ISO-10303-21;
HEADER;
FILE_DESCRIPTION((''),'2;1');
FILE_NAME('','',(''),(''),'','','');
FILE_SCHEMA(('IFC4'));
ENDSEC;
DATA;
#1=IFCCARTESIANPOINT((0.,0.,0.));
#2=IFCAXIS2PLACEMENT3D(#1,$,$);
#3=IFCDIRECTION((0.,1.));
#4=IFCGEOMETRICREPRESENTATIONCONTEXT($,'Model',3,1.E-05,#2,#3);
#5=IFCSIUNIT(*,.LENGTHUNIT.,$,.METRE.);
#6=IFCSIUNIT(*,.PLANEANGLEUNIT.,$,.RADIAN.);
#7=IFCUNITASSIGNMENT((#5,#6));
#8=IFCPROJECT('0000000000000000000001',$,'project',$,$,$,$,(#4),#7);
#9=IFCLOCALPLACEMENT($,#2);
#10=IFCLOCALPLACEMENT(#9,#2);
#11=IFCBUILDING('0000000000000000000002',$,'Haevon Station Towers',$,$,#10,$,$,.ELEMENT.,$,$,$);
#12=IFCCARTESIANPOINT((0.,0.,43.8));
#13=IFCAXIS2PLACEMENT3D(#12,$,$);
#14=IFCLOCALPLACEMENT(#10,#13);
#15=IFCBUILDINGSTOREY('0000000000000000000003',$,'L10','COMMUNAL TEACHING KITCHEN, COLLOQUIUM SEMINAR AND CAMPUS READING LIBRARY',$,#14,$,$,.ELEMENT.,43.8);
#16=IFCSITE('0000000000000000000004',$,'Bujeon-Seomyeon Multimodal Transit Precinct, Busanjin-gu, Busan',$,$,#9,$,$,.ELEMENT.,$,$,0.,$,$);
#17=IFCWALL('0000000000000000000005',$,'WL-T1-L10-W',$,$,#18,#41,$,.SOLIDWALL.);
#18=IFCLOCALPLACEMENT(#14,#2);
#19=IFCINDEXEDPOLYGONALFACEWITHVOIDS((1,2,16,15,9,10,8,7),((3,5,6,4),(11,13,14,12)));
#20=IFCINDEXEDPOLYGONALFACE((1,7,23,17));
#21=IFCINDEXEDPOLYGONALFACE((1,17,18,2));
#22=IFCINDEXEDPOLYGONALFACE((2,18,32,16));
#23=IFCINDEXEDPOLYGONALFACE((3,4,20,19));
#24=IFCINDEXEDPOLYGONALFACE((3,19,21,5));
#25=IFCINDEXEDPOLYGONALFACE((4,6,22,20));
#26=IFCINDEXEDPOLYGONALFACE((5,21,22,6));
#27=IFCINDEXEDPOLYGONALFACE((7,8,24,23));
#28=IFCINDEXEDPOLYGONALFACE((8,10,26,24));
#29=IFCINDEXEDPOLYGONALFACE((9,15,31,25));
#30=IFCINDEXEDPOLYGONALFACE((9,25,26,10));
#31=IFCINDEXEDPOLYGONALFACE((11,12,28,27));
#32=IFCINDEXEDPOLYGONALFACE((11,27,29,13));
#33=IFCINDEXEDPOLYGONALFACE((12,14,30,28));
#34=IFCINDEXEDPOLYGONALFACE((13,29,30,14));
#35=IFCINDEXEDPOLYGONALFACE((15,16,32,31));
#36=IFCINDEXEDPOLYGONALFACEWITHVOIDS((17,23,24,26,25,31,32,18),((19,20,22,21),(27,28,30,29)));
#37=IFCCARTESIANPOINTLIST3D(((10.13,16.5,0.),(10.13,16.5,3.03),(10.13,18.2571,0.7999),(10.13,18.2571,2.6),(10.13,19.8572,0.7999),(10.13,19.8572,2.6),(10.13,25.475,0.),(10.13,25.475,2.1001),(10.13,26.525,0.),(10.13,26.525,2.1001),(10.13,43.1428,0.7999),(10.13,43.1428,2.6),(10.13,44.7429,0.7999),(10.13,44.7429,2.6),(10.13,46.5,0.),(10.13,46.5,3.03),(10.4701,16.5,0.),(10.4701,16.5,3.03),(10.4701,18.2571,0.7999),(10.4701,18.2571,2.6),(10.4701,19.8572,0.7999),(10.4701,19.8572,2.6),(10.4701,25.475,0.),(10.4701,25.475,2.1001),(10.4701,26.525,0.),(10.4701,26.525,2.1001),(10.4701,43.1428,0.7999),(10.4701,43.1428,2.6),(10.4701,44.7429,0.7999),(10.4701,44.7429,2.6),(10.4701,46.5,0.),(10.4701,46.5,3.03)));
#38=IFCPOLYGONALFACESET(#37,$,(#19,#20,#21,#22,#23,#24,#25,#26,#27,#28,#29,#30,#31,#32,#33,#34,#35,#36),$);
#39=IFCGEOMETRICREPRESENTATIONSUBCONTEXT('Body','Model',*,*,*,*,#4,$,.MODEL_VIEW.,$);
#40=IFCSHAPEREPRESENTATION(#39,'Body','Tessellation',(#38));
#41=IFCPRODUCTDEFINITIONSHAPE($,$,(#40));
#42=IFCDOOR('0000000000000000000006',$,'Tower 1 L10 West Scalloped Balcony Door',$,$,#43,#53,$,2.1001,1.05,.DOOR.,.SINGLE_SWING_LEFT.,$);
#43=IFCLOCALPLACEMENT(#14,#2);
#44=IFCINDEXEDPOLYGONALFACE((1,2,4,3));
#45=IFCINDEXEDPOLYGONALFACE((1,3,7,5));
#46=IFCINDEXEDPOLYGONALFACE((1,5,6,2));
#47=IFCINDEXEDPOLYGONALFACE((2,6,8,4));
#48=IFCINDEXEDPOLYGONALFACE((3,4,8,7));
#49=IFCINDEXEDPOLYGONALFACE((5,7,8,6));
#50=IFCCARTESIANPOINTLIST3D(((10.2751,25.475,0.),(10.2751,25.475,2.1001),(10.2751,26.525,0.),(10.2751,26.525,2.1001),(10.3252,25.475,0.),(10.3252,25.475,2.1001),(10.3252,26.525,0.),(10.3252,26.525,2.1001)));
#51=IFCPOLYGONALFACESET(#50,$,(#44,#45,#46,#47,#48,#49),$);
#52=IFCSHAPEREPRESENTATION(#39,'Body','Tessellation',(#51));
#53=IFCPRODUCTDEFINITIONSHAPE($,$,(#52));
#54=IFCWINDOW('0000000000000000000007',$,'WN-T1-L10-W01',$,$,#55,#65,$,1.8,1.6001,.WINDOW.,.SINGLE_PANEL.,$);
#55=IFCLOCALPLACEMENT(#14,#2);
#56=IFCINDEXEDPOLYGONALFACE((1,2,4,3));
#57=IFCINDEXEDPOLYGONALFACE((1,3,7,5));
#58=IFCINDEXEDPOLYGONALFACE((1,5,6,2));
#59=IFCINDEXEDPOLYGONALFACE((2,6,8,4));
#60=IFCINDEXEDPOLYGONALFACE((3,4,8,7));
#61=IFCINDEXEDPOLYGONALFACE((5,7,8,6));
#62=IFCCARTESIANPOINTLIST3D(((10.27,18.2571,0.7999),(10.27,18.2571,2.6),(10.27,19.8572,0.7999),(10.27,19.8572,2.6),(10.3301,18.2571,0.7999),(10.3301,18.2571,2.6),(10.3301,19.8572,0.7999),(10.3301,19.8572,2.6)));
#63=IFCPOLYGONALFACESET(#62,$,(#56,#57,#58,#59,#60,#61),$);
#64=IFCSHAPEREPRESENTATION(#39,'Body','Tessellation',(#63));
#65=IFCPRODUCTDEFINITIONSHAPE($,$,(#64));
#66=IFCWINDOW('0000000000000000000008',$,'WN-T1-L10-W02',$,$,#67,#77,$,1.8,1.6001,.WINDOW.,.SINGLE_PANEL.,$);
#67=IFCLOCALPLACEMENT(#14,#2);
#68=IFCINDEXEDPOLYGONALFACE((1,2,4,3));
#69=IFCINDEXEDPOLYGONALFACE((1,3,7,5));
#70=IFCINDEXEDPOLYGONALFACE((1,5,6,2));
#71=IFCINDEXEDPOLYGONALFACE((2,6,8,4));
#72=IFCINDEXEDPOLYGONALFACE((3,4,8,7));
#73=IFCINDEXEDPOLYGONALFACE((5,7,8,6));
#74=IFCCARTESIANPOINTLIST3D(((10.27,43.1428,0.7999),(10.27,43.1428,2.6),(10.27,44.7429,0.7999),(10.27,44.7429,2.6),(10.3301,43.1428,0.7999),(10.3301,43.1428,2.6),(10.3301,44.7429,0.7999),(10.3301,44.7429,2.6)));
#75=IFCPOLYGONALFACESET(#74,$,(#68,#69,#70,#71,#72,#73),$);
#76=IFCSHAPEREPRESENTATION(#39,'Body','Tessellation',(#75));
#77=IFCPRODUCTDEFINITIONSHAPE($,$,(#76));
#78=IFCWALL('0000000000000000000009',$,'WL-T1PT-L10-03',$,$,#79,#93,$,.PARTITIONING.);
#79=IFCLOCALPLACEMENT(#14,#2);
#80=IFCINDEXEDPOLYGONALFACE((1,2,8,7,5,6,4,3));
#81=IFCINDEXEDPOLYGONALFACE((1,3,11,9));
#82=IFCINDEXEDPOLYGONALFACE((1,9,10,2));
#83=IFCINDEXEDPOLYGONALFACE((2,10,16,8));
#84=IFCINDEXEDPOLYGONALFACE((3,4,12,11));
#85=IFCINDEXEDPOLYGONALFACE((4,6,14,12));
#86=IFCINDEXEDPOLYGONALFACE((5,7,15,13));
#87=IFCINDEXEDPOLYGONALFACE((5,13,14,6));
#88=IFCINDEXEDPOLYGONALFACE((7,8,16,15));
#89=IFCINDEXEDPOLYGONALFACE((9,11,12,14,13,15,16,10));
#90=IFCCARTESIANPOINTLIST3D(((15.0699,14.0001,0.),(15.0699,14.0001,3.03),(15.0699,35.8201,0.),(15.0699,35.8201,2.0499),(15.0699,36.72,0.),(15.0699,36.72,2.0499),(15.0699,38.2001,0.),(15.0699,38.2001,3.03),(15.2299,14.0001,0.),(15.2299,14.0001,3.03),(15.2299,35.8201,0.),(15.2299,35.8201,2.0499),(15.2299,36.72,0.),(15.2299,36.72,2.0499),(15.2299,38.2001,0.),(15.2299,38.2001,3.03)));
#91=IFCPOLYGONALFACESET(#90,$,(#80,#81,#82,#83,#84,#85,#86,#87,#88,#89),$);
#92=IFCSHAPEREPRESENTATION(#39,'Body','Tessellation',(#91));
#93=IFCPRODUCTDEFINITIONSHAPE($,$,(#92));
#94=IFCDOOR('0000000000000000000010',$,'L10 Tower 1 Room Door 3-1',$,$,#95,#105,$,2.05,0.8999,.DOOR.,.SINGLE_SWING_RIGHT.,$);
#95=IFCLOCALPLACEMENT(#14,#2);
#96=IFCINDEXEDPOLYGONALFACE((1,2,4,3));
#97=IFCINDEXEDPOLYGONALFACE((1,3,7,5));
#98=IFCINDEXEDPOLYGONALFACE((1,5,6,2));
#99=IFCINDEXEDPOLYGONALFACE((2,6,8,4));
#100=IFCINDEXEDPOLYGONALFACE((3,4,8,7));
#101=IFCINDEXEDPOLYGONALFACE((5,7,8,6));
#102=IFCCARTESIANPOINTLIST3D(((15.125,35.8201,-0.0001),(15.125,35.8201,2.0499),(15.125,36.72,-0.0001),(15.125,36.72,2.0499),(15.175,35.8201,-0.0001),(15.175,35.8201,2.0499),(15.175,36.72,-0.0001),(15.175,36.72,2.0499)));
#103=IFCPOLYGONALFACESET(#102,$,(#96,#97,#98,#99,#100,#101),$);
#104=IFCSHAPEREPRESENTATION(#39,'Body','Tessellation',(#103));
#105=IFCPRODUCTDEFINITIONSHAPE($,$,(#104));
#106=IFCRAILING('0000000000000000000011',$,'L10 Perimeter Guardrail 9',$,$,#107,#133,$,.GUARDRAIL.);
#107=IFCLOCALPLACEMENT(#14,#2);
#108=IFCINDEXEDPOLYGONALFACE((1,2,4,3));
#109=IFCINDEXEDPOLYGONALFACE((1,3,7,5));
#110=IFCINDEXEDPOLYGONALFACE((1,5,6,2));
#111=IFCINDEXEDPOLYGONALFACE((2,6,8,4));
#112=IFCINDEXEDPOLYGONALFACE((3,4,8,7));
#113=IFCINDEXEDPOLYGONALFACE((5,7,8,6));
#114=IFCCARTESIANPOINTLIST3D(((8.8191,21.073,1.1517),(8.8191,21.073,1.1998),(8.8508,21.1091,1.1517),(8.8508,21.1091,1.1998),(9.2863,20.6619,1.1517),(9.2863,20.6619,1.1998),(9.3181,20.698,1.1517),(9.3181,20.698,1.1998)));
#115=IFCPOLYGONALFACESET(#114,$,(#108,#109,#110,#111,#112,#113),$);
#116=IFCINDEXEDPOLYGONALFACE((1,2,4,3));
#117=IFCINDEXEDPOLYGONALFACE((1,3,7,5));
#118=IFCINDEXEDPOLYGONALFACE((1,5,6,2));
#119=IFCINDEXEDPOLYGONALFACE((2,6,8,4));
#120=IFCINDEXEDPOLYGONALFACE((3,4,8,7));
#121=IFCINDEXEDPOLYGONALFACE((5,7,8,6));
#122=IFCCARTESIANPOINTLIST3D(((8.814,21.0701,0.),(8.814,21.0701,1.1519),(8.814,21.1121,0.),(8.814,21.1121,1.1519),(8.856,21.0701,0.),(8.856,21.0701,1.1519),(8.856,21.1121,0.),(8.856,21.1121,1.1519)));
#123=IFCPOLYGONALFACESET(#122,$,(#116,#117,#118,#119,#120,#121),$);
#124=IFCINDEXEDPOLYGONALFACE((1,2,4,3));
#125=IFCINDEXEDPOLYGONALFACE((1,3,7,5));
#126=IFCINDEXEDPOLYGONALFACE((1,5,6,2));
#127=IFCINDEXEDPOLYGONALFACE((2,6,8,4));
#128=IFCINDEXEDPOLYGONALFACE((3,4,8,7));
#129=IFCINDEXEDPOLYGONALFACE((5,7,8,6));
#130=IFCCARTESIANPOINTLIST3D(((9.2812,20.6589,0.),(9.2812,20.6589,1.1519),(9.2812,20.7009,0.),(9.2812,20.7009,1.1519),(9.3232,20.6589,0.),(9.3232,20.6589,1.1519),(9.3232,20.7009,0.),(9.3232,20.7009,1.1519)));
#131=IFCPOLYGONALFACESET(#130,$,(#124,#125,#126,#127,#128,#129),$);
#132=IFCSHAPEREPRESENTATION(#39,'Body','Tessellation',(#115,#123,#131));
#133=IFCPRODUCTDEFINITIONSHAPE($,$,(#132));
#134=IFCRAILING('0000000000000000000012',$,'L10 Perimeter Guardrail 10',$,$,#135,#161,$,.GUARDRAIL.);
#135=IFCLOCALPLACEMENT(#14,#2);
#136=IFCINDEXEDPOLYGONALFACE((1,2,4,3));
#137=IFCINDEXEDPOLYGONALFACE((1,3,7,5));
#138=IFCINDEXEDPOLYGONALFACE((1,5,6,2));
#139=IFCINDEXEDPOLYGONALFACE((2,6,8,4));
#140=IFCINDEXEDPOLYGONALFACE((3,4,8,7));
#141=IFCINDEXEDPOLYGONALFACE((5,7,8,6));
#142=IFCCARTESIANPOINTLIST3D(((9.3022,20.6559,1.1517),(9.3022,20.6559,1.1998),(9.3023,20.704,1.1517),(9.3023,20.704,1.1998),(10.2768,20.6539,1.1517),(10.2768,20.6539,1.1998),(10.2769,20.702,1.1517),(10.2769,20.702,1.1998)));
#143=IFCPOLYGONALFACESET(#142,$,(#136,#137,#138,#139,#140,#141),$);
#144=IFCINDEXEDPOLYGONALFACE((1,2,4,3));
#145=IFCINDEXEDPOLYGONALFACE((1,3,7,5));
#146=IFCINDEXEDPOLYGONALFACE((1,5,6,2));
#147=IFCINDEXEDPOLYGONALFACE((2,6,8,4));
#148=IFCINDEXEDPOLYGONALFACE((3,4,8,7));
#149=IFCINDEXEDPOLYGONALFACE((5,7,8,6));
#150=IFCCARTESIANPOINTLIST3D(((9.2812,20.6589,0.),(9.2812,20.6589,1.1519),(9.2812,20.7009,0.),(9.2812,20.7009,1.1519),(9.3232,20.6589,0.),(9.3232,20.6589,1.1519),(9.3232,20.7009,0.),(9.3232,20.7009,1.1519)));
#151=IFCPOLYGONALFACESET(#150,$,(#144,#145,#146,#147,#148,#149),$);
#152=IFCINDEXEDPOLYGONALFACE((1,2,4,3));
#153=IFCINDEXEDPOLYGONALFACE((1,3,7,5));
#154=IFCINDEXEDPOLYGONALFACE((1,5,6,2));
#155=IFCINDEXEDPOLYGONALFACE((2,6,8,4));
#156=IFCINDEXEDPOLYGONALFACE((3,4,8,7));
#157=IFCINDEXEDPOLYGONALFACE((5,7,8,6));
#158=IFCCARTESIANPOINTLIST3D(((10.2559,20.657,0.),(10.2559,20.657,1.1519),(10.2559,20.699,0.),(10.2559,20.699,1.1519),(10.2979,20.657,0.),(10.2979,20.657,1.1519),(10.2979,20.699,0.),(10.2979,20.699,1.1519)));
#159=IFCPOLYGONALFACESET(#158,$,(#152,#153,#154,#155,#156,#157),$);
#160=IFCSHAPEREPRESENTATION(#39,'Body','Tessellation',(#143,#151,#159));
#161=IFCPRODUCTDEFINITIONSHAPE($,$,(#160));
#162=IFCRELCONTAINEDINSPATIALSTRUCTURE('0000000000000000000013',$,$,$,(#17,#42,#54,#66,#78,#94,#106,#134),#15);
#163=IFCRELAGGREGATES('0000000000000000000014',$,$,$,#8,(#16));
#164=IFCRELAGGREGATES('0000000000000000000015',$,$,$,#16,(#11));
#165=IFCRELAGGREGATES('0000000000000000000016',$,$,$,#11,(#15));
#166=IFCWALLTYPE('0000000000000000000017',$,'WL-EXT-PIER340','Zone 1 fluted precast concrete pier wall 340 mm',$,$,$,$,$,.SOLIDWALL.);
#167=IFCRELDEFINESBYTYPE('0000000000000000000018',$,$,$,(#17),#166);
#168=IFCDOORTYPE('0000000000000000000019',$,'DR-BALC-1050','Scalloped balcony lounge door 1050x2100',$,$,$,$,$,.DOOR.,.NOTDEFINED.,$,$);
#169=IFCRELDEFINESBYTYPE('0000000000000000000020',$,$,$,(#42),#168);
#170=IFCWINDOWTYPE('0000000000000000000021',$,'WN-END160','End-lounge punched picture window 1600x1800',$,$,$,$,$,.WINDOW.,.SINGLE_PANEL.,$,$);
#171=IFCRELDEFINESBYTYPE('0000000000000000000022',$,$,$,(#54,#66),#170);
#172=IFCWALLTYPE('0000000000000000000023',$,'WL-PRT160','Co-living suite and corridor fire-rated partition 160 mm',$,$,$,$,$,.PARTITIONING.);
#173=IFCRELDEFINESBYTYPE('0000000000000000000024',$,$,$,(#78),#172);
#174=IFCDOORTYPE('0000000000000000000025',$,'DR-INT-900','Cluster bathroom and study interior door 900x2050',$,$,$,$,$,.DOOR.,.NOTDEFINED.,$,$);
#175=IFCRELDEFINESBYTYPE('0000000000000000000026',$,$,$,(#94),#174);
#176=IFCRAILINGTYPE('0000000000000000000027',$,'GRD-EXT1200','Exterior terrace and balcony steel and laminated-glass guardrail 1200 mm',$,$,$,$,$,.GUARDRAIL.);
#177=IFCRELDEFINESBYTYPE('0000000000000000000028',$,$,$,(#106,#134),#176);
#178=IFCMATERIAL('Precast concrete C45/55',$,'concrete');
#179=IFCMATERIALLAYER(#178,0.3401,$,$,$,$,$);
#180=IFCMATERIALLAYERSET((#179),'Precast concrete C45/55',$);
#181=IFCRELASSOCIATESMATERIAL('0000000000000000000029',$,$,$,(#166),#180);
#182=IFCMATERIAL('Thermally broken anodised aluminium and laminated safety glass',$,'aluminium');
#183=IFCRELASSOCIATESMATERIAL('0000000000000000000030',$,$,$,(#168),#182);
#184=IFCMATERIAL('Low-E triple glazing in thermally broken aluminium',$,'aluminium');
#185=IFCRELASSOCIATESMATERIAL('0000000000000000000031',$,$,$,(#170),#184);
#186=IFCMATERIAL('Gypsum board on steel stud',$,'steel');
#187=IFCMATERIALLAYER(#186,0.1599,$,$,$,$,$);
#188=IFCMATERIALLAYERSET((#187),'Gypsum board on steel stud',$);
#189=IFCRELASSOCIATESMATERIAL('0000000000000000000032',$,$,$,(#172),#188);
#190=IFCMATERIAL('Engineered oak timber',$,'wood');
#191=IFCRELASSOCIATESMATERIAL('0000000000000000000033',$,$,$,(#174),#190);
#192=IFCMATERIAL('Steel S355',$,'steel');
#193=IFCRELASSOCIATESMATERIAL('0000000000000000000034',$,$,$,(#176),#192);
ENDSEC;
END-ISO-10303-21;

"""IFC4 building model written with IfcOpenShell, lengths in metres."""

from ifc_helpers import new_model, si_unit, direction, frame, frame_2d, origin, origin_2d, place, context, subcontext, project, spatial, rectangle, extrude, material, layer, layer_set, type_object, element, fill, save


model = new_model("IFC4")

# Units and contexts
model_context = context("Model", 3, precision=1e-05, world=origin(), true_north=direction((0.0, 1.0)))
body_context = subcontext(model_context, "Body", "Model", "MODEL_VIEW")
ifc_project = project(units=[si_unit("LENGTHUNIT", "METRE"), si_unit("PLANEANGLEUNIT", "RADIAN")], contexts=[model_context])

# Site, building, storey
site_placement = place(None, origin())
site = spatial("IfcSite", under=ifc_project, at=site_placement, Name="Bujeon-Seomyeon Multimodal Transit Precinct, Busanjin-gu, Busan", CompositionType="ELEMENT", RefElevation=0.0)
building_placement = place(site_placement, origin())
building = spatial("IfcBuilding", under=site, at=building_placement, Name="Haevon Station Towers", CompositionType="ELEMENT")
storey_placement = place(building_placement, frame((0.0, 0.0, 43.8)))
storey = spatial("IfcBuildingStorey", under=building, at=storey_placement, Name="L10", Description="COMMUNAL TEACHING KITCHEN, COLLOQUIUM SEMINAR AND CAMPUS READING LIBRARY", CompositionType="ELEMENT", Elevation=43.8)

# Shared definitions
ifc_material_1 = material(Name="Steel S355", Category="steel")

# Shared definitions
ifc_material_2 = material(Name="Precast concrete C45/55", Category="concrete")
ifc_layer_1 = layer(ifc_material_2, 0.3401)
ifc_layer_set_1 = layer_set([ifc_layer_1], Name="Precast concrete C45/55")
wall_type_1 = type_object("IfcWallType", Name="WL-EXT-PIER340", Description="Zone 1 fluted precast concrete pier wall 340 mm", PredefinedType="SOLIDWALL", material=ifc_layer_set_1)

# Wall, openings, door, windows
wall_1_placement = place(storey_placement, frame((10.3, 16.5, 0.0), z_axis=(0.0, 0.0, 1.0), x_axis=(0.0, 1.0, 0.0)))
wall_1 = element("IfcWall", 1, at=wall_1_placement, inside=storey, type_object=wall_type_1, Name="WL-T1-L10-W", PredefinedType="SOLIDWALL", context=body_context, shape_type="SweptSolid", body=[
    extrude(rectangle(XDim=30.0, YDim=0.3401, at=frame_2d((15.0, 0.0))), origin(), (0.0, 0.0, 1.0), 3.03),
])
opening_1_placement = place(wall_1_placement, frame((8.9751, 0.0, 0.0)))
opening_1 = element("IfcOpeningElement", 2, at=opening_1_placement, cuts=wall_1, PredefinedType="OPENING", context=body_context, shape_type="SweptSolid", body=[
    extrude(rectangle(XDim=1.05, YDim=2.1001, at=frame_2d((0.5249, 1.05))), frame((0.0, 0.1799, 0.0), z_axis=(0.0, -1.0, 0.0), x_axis=(1.0, 0.0, 0.0)), (0.0, 0.0, 1.0), 0.3601),
])
opening_2_placement = place(wall_1_placement, frame((1.7571, 0.0, 0.8)))
opening_2 = element("IfcOpeningElement", 3, at=opening_2_placement, cuts=wall_1, PredefinedType="OPENING", context=body_context, shape_type="SweptSolid", body=[
    extrude(rectangle(XDim=1.6001, YDim=1.8, at=frame_2d((0.8, 0.8999))), frame((0.0, 0.1799, 0.0), z_axis=(0.0, -1.0, 0.0), x_axis=(1.0, 0.0, 0.0)), (0.0, 0.0, 1.0), 0.3601),
])
opening_3_placement = place(wall_1_placement, frame((26.6428, 0.0, 0.8)))
opening_3 = element("IfcOpeningElement", 4, at=opening_3_placement, cuts=wall_1, PredefinedType="OPENING", context=body_context, shape_type="SweptSolid", body=[
    extrude(rectangle(XDim=1.6001, YDim=1.8, at=frame_2d((0.8, 0.8999))), frame((0.0, 0.1799, 0.0), z_axis=(0.0, -1.0, 0.0), x_axis=(1.0, 0.0, 0.0)), (0.0, 0.0, 1.0), 0.3601),
])
ifc_material_3 = material(Name="Thermally broken anodised aluminium and laminated safety glass", Category="aluminium")
door_type_1 = type_object("IfcDoorType", Name="DR-BALC-1050", Description="Scalloped balcony lounge door 1050x2100", OperationType="NOTDEFINED", PredefinedType="DOOR", material=ifc_material_3)
door_1_placement = place(opening_1_placement, origin())
door_1 = element("IfcDoor", 5, at=door_1_placement, inside=storey, type_object=door_type_1, Name="Tower 1 L10 West Scalloped Balcony Door", OperationType="SINGLE_SWING_LEFT", OverallHeight=2.1001, OverallWidth=1.05, PredefinedType="DOOR", context=body_context, shape_type="SweptSolid", body=[
    extrude(rectangle(XDim=1.05, YDim=2.1001, at=frame_2d((0.5249, 1.05))), frame((0.0, 0.0249, 0.0), z_axis=(0.0, -1.0, 0.0), x_axis=(1.0, 0.0, 0.0)), (0.0, 0.0, 1.0), 0.05),
])
fill(opening_1, door_1)
ifc_material_4 = material(Name="Low-E triple glazing in thermally broken aluminium", Category="aluminium")
window_type = type_object("IfcWindowType", Name="WN-END160", Description="End-lounge punched picture window 1600x1800", PartitioningType="SINGLE_PANEL", PredefinedType="WINDOW", material=ifc_material_4)
window_1_placement = place(opening_2_placement, origin())
window_1 = element("IfcWindow", 6, at=window_1_placement, inside=storey, type_object=window_type, Name="WN-T1-L10-W01", OverallHeight=1.8, OverallWidth=1.6001, PartitioningType="SINGLE_PANEL", PredefinedType="WINDOW", context=body_context, shape_type="SweptSolid", body=[
    extrude(rectangle(XDim=1.6001, YDim=1.8, at=frame_2d((0.8, 0.8999))), frame((0.0, 0.03, 0.0), z_axis=(0.0, -1.0, 0.0), x_axis=(1.0, 0.0, 0.0)), (0.0, 0.0, 1.0), 0.0601),
])
fill(opening_2, window_1)
window_2_placement = place(opening_3_placement, origin())
window_2 = element("IfcWindow", 7, at=window_2_placement, inside=storey, type_object=window_type, Name="WN-T1-L10-W02", OverallHeight=1.8, OverallWidth=1.6001, PartitioningType="SINGLE_PANEL", PredefinedType="WINDOW", context=body_context, shape_type="SweptSolid", body=[
    extrude(rectangle(XDim=1.6001, YDim=1.8, at=frame_2d((0.8, 0.8999))), frame((0.0, 0.03, 0.0), z_axis=(0.0, -1.0, 0.0), x_axis=(1.0, 0.0, 0.0)), (0.0, 0.0, 1.0), 0.0601),
])
fill(opening_3, window_2)

# Wall, opening, door
ifc_material_5 = material(Name="Gypsum board on steel stud", Category="steel")
ifc_layer_2 = layer(ifc_material_5, 0.1599)
ifc_layer_set_2 = layer_set([ifc_layer_2], Name="Gypsum board on steel stud")
wall_type_2 = type_object("IfcWallType", Name="WL-PRT160", Description="Co-living suite and corridor fire-rated partition 160 mm", PredefinedType="PARTITIONING", material=ifc_layer_set_2)
wall_2_placement = place(storey_placement, frame((15.1499, 14.0, 0.0), z_axis=(0.0, 0.0, 1.0), x_axis=(0.0, 1.0, 0.0)))
wall_2 = element("IfcWall", 8, at=wall_2_placement, inside=storey, type_object=wall_type_2, Name="WL-T1PT-L10-03", PredefinedType="PARTITIONING", context=body_context, shape_type="SweptSolid", body=[
    extrude(rectangle(XDim=24.2, YDim=0.1599, at=frame_2d((12.1001, 0.0))), origin(), (0.0, 0.0, 1.0), 3.03),
])
opening_4_placement = place(wall_2_placement, frame((21.8201, 0.0, 0.0)))
opening_4 = element("IfcOpeningElement", 9, at=opening_4_placement, cuts=wall_2, PredefinedType="OPENING", context=body_context, shape_type="SweptSolid", body=[
    extrude(rectangle(XDim=0.8999, YDim=2.05, at=frame_2d((0.45, 1.0249))), frame((0.0, 0.0898, 0.0), z_axis=(0.0, -1.0, 0.0), x_axis=(1.0, 0.0, 0.0)), (0.0, 0.0, 1.0), 0.1799),
])
ifc_material_6 = material(Name="Engineered oak timber", Category="wood")
door_type_2 = type_object("IfcDoorType", Name="DR-INT-900", Description="Cluster bathroom and study interior door 900x2050", OperationType="NOTDEFINED", PredefinedType="DOOR", material=ifc_material_6)
door_2_placement = place(opening_4_placement, origin())
door_2 = element("IfcDoor", 10, at=door_2_placement, inside=storey, type_object=door_type_2, Name="L10 Tower 1 Room Door 3-1", OperationType="SINGLE_SWING_RIGHT", OverallHeight=2.05, OverallWidth=0.8999, PredefinedType="DOOR", context=body_context, shape_type="SweptSolid", body=[
    extrude(rectangle(XDim=0.8999, YDim=2.05, at=frame_2d((0.45, 1.0249))), frame((0.0, 0.0249, 0.0), z_axis=(0.0, -1.0, 0.0), x_axis=(1.0, 0.0, 0.0)), (0.0, 0.0, 1.0), 0.05),
])
fill(opening_4, door_2)

# Railings
railing_type = type_object("IfcRailingType", Name="GRD-EXT1200", Description="Exterior terrace and balcony steel and laminated-glass guardrail 1200 mm", PredefinedType="GUARDRAIL", material=ifc_material_1)
railing_1_placement = place(storey_placement, frame((8.835, 21.0911, 0.0)))
element("IfcRailing", 11, at=railing_1_placement, inside=storey, type_object=railing_type, Name="L10 Perimeter Guardrail 9", PredefinedType="GUARDRAIL", context=body_context, shape_type="SweptSolid", body=[
    extrude(rectangle(XDim=0.0481, YDim=0.0481, at=origin_2d()), frame((0.0, 0.0, 1.1758), z_axis=(0.750776, -0.660557, 0.0), x_axis=(0.660557, 0.750776, 0.0)), (0.0, 0.0, 1.0), 0.6223),
    extrude(rectangle(XDim=0.042, YDim=0.042, at=origin_2d()), origin(), (0.0, 0.0, 1.0), 1.1519),
    extrude(rectangle(XDim=0.042, YDim=0.042, at=origin_2d()), frame((0.4673, -0.4111, 0.0)), (0.0, 0.0, 1.0), 1.1519),
])
railing_2_placement = place(storey_placement, frame((9.3022, 20.6799, 0.0)))
element("IfcRailing", 12, at=railing_2_placement, inside=storey, type_object=railing_type, Name="L10 Perimeter Guardrail 10", PredefinedType="GUARDRAIL", context=body_context, shape_type="SweptSolid", body=[
    extrude(rectangle(XDim=0.0481, YDim=0.0481, at=origin_2d()), frame((0.0, 0.0, 1.1758), z_axis=(0.999998, -0.002004, 0.0), x_axis=(0.002004, 0.999998, 0.0)), (0.0, 0.0, 1.0), 0.9746),
    extrude(rectangle(XDim=0.042, YDim=0.042, at=origin_2d()), origin(), (0.0, 0.0, 1.0), 1.1519),
    extrude(rectangle(XDim=0.042, YDim=0.042, at=origin_2d()), frame((0.9746, -0.002, 0.0)), (0.0, 0.0, 1.0), 1.1519),
])

save(model, "model.ifc")
